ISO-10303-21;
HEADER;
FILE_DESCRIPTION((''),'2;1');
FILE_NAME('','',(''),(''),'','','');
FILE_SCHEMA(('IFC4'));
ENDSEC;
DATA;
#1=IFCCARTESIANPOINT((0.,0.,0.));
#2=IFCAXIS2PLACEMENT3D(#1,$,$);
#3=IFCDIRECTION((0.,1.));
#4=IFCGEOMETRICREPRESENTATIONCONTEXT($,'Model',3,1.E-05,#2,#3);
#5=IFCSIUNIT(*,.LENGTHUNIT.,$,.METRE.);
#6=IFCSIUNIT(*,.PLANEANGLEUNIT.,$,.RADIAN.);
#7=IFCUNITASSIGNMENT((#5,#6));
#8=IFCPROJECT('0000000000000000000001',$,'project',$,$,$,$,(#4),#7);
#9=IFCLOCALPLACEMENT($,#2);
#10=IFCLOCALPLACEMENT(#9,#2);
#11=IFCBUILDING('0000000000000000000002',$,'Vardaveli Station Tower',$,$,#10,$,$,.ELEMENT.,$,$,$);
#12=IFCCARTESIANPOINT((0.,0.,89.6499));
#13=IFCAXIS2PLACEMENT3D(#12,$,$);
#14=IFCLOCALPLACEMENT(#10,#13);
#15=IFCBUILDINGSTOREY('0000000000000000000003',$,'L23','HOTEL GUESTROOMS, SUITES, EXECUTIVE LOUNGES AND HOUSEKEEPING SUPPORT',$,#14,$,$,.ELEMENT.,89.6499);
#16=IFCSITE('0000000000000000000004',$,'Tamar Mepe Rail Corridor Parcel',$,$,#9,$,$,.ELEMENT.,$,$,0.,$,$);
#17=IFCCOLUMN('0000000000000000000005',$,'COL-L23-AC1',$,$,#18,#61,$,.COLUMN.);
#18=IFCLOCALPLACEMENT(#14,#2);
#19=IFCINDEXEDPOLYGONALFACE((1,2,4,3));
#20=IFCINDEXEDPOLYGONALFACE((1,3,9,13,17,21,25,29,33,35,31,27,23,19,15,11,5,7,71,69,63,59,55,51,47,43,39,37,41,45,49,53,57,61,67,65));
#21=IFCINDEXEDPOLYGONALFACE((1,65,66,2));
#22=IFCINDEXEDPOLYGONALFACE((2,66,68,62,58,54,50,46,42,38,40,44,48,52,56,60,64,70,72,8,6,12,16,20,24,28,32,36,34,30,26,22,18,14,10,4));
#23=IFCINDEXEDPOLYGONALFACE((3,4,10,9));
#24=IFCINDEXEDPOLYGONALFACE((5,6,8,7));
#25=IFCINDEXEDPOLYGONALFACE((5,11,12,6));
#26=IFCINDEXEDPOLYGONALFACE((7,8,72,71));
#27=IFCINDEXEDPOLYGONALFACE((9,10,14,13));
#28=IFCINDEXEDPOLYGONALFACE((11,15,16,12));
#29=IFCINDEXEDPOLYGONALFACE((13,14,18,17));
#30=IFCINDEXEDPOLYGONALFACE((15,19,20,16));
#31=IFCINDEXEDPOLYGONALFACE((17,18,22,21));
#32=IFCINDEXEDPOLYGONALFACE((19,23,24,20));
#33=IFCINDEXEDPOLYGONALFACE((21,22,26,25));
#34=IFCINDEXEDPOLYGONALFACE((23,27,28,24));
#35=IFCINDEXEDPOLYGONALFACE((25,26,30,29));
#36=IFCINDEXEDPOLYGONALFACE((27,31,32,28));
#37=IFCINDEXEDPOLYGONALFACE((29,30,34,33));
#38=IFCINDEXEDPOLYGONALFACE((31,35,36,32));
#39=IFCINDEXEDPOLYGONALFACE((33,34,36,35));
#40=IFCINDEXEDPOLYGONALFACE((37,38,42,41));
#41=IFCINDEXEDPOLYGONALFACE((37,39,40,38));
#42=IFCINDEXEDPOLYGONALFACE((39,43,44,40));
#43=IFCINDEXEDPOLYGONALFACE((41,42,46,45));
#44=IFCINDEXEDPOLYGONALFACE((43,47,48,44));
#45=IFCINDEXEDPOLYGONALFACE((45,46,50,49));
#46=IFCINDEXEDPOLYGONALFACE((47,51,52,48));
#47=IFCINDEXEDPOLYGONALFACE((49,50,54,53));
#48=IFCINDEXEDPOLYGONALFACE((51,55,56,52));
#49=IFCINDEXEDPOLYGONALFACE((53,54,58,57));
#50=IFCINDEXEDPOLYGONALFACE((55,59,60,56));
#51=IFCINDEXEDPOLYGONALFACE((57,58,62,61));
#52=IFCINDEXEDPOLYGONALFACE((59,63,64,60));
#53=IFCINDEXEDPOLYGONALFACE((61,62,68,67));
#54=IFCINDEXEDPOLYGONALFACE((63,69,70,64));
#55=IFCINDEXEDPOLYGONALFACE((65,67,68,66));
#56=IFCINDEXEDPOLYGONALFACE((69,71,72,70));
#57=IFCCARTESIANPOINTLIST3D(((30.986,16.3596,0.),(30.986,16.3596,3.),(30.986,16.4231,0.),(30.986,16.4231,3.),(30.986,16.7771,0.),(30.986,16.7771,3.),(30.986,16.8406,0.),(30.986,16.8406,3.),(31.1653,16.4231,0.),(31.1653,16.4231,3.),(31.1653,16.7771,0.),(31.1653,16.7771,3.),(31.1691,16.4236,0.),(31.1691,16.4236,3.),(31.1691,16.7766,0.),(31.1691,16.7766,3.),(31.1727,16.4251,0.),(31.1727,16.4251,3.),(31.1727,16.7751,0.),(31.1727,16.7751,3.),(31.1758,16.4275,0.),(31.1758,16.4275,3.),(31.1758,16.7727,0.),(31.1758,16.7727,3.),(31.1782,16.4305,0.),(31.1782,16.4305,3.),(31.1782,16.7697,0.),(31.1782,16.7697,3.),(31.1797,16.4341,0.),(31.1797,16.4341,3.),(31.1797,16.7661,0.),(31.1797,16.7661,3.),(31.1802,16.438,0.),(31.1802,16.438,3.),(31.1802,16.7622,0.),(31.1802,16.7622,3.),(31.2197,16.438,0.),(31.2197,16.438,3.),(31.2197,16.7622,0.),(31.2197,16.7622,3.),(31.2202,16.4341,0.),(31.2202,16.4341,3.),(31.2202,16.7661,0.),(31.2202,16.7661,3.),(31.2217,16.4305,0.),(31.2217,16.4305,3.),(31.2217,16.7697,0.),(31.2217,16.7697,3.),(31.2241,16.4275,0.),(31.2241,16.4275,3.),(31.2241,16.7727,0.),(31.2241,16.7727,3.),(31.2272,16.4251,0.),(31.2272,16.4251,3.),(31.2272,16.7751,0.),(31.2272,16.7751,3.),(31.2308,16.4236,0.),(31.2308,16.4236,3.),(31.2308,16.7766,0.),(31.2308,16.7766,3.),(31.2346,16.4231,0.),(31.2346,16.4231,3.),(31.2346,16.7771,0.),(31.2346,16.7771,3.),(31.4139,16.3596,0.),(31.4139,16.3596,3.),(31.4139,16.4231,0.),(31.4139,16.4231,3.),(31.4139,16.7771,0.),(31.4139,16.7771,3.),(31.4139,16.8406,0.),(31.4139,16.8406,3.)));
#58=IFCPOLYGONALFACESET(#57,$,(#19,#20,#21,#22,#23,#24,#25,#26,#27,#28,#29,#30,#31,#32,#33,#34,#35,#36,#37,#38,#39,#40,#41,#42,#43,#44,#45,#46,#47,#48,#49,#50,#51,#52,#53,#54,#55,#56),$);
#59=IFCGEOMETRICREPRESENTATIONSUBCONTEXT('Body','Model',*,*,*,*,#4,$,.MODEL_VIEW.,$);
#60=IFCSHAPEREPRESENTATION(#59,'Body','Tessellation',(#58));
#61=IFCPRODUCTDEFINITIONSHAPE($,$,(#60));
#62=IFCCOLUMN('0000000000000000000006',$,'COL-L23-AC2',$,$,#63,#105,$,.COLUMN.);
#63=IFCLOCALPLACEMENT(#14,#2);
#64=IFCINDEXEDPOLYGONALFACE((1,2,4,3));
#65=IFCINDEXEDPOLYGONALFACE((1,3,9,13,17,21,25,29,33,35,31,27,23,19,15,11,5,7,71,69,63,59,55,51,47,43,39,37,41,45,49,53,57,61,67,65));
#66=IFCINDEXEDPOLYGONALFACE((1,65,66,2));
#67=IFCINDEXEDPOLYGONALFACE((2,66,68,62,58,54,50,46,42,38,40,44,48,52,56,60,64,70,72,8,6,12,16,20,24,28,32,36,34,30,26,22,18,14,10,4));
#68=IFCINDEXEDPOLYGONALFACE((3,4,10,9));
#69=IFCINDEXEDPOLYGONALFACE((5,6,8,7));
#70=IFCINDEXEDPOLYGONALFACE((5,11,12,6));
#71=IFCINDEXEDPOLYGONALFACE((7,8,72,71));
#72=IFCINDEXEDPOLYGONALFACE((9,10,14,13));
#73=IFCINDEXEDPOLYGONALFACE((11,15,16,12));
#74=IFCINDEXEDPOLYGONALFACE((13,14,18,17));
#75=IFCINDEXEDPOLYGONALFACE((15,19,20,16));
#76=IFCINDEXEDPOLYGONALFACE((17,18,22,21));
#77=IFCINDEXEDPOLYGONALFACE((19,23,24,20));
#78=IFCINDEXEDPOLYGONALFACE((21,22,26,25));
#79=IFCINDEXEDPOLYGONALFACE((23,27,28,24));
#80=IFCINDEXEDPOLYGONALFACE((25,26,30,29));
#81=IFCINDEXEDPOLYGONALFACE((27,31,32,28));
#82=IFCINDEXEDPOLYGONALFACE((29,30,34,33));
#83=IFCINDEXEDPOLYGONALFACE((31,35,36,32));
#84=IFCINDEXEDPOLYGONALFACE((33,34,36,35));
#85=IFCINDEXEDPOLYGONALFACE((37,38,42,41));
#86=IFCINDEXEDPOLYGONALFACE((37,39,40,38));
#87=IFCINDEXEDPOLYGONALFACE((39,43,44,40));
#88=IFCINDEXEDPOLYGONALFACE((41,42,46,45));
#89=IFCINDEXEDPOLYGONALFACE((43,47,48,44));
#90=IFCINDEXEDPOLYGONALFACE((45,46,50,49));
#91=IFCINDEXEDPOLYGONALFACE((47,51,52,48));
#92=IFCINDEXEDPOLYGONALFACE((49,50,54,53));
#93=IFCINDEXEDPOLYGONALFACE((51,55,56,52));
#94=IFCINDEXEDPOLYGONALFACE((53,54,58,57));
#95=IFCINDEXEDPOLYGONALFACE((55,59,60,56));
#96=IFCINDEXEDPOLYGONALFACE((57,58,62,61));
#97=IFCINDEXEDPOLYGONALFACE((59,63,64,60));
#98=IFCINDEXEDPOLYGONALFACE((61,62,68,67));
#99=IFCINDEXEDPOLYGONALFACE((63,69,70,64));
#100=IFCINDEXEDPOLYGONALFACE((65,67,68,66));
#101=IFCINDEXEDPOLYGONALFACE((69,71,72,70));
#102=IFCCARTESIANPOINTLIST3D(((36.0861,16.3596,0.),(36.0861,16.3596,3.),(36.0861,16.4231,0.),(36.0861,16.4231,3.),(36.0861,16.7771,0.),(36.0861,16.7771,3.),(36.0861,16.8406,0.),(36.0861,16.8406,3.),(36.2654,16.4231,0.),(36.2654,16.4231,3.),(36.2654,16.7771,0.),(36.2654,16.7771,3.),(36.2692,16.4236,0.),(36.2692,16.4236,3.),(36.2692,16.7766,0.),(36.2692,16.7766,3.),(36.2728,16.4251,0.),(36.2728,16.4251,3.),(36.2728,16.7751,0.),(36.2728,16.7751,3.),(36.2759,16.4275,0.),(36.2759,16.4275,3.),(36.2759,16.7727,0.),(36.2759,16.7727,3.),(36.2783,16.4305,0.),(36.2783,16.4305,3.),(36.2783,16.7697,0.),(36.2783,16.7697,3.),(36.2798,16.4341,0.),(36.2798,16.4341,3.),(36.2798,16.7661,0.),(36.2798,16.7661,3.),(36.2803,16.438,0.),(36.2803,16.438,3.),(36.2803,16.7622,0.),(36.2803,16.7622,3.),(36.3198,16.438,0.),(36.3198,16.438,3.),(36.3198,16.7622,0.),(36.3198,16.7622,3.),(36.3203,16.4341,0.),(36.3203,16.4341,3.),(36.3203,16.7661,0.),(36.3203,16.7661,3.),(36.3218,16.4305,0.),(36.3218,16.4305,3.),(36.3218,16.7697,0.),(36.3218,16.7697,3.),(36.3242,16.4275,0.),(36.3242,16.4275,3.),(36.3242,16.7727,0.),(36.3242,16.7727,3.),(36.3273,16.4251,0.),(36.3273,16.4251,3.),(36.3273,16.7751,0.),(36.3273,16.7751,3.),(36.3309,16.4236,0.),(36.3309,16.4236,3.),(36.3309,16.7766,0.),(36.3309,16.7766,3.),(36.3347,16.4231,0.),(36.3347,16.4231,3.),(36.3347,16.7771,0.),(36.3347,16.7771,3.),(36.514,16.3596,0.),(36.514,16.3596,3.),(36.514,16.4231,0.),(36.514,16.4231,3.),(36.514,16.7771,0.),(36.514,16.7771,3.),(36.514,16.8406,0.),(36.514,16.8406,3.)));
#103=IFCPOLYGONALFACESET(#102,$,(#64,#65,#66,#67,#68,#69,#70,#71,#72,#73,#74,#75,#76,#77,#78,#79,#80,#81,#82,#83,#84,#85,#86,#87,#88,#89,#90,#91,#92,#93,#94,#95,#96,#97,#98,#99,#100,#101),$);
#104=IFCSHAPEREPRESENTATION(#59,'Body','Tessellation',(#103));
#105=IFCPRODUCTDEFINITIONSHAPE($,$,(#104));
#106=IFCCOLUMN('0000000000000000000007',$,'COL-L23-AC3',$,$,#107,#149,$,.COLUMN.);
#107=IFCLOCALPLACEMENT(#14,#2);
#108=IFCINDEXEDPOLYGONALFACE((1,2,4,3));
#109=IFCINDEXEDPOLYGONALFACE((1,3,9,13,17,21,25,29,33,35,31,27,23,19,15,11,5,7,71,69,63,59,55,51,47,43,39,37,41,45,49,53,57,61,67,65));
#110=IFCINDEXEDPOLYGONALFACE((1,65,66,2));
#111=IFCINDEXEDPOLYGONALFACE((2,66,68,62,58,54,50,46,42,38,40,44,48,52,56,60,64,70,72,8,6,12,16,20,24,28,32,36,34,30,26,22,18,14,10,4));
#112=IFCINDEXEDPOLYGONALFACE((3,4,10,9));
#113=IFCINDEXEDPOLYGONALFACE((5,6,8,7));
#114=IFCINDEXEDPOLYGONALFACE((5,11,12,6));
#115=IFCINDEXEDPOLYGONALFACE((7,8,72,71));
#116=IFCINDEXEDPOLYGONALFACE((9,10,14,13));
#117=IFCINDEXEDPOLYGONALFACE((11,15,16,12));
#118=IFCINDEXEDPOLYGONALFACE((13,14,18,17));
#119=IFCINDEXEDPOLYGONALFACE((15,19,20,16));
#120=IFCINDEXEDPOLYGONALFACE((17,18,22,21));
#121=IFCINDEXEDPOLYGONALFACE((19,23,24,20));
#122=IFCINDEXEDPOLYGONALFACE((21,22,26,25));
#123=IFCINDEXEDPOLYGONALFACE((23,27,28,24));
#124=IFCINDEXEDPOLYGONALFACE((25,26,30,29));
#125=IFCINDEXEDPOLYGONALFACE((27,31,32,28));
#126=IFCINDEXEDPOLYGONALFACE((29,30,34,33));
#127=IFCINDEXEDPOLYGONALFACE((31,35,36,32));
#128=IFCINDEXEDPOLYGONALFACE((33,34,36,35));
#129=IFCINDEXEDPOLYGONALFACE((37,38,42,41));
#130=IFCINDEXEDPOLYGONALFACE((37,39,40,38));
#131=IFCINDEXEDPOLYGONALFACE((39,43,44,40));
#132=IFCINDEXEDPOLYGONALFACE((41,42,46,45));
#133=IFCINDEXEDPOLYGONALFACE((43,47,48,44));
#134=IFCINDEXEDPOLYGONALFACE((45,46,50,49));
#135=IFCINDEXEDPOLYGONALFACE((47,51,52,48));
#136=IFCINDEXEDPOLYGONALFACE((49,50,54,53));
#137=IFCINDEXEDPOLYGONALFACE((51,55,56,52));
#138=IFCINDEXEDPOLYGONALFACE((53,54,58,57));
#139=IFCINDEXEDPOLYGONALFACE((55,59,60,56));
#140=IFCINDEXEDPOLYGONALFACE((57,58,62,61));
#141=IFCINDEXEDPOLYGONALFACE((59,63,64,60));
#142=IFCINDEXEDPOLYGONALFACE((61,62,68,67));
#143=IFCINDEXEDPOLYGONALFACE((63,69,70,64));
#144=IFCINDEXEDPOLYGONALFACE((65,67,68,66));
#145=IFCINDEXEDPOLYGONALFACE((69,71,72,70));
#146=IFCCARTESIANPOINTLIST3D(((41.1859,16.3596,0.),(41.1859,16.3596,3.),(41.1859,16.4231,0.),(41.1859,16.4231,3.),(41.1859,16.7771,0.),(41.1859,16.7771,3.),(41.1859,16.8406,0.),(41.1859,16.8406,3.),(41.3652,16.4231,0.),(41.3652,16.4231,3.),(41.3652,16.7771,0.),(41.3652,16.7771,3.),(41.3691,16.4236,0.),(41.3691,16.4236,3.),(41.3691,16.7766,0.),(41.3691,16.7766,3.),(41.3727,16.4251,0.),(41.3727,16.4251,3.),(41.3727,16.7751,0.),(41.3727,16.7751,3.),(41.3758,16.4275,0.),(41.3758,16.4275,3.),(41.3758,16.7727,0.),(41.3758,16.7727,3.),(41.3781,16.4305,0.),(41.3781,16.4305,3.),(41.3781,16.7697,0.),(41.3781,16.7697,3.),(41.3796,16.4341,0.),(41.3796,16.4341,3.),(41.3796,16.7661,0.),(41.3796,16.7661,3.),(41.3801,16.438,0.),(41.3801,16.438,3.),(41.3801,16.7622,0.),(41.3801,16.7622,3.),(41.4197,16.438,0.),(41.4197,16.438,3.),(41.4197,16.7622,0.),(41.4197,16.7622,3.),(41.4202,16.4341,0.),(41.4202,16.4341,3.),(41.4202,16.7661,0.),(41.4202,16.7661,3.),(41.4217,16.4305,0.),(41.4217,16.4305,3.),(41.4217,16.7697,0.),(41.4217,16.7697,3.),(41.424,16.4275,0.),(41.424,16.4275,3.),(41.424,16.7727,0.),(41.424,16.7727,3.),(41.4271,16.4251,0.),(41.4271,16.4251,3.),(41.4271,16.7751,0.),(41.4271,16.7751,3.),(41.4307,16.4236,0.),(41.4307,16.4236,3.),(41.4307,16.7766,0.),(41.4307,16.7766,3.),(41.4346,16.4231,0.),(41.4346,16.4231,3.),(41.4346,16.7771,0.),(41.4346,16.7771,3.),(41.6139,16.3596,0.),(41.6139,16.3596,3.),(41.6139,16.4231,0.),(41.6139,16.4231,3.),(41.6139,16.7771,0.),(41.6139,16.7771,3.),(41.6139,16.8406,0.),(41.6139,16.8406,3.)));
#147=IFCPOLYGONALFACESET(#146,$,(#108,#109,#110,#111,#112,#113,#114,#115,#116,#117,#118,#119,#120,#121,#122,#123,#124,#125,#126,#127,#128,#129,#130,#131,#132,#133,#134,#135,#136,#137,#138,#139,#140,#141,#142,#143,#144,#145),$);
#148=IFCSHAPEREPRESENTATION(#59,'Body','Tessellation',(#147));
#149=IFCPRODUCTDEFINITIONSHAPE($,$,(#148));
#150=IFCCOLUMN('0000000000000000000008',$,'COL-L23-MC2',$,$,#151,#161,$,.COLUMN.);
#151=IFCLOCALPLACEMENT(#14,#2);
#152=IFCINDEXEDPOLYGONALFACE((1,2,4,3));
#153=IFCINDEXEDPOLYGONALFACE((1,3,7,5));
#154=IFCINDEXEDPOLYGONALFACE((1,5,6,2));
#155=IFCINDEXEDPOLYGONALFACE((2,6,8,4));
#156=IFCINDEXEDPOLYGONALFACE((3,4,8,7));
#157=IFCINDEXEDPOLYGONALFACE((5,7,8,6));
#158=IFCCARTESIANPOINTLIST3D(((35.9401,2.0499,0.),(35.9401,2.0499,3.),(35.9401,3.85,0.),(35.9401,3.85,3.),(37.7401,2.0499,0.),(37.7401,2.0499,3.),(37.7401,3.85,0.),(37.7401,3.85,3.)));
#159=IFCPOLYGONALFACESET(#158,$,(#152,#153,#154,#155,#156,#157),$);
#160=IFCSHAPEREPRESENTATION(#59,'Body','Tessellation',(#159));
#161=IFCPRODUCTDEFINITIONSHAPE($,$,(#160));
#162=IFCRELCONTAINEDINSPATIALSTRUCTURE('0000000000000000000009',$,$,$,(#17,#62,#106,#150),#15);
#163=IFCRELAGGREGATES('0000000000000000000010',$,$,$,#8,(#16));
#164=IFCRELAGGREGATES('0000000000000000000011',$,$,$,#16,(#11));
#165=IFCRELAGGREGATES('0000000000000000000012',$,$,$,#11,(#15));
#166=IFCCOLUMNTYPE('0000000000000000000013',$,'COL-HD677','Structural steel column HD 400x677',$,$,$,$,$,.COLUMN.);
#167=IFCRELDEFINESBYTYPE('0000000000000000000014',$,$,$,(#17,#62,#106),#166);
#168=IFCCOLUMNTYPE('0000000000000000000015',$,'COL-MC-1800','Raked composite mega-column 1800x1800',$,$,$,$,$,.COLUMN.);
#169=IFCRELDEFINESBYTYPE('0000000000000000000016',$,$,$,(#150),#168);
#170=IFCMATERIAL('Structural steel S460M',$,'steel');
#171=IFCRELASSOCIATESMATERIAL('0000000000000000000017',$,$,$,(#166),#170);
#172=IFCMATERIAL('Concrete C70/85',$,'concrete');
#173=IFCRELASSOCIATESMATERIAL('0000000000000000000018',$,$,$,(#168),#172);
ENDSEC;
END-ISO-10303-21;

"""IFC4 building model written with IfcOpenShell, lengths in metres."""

from ifc_helpers import new_model, si_unit, direction, frame, origin, origin_2d, place, context, subcontext, project, spatial, rectangle, i_section, extrude, source, transform, mapped, material, material_profile, profile_set, type_object, element, save


model = new_model("IFC4")

# Units and contexts
model_context = context("Model", 3, precision=1e-05, world=origin(), true_north=direction((0.0, 1.0)))
body_context = subcontext(model_context, "Body", "Model", "MODEL_VIEW")
ifc_project = project(units=[si_unit("LENGTHUNIT", "METRE"), si_unit("PLANEANGLEUNIT", "RADIAN")], contexts=[model_context])

# Site, building, storey
site_placement = place(None, origin())
site = spatial("IfcSite", under=ifc_project, at=site_placement, Name="Tamar Mepe Rail Corridor Parcel", CompositionType="ELEMENT", RefElevation=0.0)
building_placement = place(site_placement, origin())
building = spatial("IfcBuilding", under=site, at=building_placement, Name="Vardaveli Station Tower", CompositionType="ELEMENT")
storey_placement = place(building_placement, frame((0.0, 0.0, 89.6499)))
storey = spatial("IfcBuildingStorey", under=building, at=storey_placement, Name="L23", Description="HOTEL GUESTROOMS, SUITES, EXECUTIVE LOUNGES AND HOUSEKEEPING SUPPORT", CompositionType="ELEMENT", Elevation=89.6499)

# Columns
ifc_material_1 = material(Name="Structural steel S460M", Category="steel")
ifc_material_profile_1 = material_profile(ifc_material_1, i_section(OverallWidth=0.428, OverallDepth=0.481, WebThickness=0.0396, FlangeThickness=0.0635, FilletRadius=0.0149, at=origin_2d()), Name="HD 400x677")
ifc_profile_set_1 = profile_set([ifc_material_profile_1], Name="Structural steel S460M")
column_type_1 = type_object("IfcColumnType", Name="COL-HD677", Description="Structural steel column HD 400x677", PredefinedType="COLUMN", material=ifc_profile_set_1)
shared_shape_1 = source(origin(), body_context, "Body", "SweptSolid", [
    extrude(i_section(OverallWidth=0.428, OverallDepth=0.481, WebThickness=0.0396, FlangeThickness=0.0635, FilletRadius=0.0149, at=origin_2d()), origin(), (0.0, 0.0, 1.0), 3.0),
])
for number, where, z_axis, x_axis, name in (
    (1, (31.2, 16.6001, 0.0), (0.0, 0.0, 1.0), (1.0, 0.0, 0.0), "COL-L23-AC1"),
    (2, (36.3, 16.6001, 0.0), (0.0, 0.0, 1.0), (1.0, 0.0, 0.0), "COL-L23-AC2"),
    (3, (41.3999, 16.6001, 0.0), (0.0, 0.0, 1.0), (1.0, 0.0, 0.0), "COL-L23-AC3"),
):
    element("IfcColumn", number, at=place(storey_placement, frame(where, z_axis=z_axis, x_axis=x_axis)), inside=storey, type_object=column_type_1, Name=name, PredefinedType="COLUMN", context=body_context, shape_type="MappedRepresentation", body=[
        mapped(shared_shape_1, transform((0.0, 0.0, 0.0), scale=1.0)),
    ])
ifc_material_2 = material(Name="Concrete C70/85", Category="concrete")
ifc_material_profile_2 = material_profile(ifc_material_2, rectangle(XDim=1.8, YDim=1.8, at=origin_2d()), Name="MC 1800x1800")
ifc_profile_set_2 = profile_set([ifc_material_profile_2], Name="Concrete C70/85")
column_type_2 = type_object("IfcColumnType", Name="COL-MC-1800", Description="Raked composite mega-column 1800x1800", PredefinedType="COLUMN", material=ifc_profile_set_2)
shared_shape_2 = source(origin(), body_context, "Body", "SweptSolid", [
    extrude(rectangle(XDim=1.8, YDim=1.8, at=origin_2d()), origin(), (0.0, 0.0, 1.0), 3.0),
])
column_placement = place(storey_placement, frame((36.8401, 2.95, 0.0), z_axis=(0.0, 0.0, 1.0), x_axis=(1.0, 0.0, 0.0)))
element("IfcColumn", 4, at=column_placement, inside=storey, type_object=column_type_2, Name="COL-L23-MC2", PredefinedType="COLUMN", context=body_context, shape_type="MappedRepresentation", body=[
    mapped(shared_shape_2, transform((0.0, 0.0, 0.0), scale=1.0)),
])

save(model, "model.ifc")
